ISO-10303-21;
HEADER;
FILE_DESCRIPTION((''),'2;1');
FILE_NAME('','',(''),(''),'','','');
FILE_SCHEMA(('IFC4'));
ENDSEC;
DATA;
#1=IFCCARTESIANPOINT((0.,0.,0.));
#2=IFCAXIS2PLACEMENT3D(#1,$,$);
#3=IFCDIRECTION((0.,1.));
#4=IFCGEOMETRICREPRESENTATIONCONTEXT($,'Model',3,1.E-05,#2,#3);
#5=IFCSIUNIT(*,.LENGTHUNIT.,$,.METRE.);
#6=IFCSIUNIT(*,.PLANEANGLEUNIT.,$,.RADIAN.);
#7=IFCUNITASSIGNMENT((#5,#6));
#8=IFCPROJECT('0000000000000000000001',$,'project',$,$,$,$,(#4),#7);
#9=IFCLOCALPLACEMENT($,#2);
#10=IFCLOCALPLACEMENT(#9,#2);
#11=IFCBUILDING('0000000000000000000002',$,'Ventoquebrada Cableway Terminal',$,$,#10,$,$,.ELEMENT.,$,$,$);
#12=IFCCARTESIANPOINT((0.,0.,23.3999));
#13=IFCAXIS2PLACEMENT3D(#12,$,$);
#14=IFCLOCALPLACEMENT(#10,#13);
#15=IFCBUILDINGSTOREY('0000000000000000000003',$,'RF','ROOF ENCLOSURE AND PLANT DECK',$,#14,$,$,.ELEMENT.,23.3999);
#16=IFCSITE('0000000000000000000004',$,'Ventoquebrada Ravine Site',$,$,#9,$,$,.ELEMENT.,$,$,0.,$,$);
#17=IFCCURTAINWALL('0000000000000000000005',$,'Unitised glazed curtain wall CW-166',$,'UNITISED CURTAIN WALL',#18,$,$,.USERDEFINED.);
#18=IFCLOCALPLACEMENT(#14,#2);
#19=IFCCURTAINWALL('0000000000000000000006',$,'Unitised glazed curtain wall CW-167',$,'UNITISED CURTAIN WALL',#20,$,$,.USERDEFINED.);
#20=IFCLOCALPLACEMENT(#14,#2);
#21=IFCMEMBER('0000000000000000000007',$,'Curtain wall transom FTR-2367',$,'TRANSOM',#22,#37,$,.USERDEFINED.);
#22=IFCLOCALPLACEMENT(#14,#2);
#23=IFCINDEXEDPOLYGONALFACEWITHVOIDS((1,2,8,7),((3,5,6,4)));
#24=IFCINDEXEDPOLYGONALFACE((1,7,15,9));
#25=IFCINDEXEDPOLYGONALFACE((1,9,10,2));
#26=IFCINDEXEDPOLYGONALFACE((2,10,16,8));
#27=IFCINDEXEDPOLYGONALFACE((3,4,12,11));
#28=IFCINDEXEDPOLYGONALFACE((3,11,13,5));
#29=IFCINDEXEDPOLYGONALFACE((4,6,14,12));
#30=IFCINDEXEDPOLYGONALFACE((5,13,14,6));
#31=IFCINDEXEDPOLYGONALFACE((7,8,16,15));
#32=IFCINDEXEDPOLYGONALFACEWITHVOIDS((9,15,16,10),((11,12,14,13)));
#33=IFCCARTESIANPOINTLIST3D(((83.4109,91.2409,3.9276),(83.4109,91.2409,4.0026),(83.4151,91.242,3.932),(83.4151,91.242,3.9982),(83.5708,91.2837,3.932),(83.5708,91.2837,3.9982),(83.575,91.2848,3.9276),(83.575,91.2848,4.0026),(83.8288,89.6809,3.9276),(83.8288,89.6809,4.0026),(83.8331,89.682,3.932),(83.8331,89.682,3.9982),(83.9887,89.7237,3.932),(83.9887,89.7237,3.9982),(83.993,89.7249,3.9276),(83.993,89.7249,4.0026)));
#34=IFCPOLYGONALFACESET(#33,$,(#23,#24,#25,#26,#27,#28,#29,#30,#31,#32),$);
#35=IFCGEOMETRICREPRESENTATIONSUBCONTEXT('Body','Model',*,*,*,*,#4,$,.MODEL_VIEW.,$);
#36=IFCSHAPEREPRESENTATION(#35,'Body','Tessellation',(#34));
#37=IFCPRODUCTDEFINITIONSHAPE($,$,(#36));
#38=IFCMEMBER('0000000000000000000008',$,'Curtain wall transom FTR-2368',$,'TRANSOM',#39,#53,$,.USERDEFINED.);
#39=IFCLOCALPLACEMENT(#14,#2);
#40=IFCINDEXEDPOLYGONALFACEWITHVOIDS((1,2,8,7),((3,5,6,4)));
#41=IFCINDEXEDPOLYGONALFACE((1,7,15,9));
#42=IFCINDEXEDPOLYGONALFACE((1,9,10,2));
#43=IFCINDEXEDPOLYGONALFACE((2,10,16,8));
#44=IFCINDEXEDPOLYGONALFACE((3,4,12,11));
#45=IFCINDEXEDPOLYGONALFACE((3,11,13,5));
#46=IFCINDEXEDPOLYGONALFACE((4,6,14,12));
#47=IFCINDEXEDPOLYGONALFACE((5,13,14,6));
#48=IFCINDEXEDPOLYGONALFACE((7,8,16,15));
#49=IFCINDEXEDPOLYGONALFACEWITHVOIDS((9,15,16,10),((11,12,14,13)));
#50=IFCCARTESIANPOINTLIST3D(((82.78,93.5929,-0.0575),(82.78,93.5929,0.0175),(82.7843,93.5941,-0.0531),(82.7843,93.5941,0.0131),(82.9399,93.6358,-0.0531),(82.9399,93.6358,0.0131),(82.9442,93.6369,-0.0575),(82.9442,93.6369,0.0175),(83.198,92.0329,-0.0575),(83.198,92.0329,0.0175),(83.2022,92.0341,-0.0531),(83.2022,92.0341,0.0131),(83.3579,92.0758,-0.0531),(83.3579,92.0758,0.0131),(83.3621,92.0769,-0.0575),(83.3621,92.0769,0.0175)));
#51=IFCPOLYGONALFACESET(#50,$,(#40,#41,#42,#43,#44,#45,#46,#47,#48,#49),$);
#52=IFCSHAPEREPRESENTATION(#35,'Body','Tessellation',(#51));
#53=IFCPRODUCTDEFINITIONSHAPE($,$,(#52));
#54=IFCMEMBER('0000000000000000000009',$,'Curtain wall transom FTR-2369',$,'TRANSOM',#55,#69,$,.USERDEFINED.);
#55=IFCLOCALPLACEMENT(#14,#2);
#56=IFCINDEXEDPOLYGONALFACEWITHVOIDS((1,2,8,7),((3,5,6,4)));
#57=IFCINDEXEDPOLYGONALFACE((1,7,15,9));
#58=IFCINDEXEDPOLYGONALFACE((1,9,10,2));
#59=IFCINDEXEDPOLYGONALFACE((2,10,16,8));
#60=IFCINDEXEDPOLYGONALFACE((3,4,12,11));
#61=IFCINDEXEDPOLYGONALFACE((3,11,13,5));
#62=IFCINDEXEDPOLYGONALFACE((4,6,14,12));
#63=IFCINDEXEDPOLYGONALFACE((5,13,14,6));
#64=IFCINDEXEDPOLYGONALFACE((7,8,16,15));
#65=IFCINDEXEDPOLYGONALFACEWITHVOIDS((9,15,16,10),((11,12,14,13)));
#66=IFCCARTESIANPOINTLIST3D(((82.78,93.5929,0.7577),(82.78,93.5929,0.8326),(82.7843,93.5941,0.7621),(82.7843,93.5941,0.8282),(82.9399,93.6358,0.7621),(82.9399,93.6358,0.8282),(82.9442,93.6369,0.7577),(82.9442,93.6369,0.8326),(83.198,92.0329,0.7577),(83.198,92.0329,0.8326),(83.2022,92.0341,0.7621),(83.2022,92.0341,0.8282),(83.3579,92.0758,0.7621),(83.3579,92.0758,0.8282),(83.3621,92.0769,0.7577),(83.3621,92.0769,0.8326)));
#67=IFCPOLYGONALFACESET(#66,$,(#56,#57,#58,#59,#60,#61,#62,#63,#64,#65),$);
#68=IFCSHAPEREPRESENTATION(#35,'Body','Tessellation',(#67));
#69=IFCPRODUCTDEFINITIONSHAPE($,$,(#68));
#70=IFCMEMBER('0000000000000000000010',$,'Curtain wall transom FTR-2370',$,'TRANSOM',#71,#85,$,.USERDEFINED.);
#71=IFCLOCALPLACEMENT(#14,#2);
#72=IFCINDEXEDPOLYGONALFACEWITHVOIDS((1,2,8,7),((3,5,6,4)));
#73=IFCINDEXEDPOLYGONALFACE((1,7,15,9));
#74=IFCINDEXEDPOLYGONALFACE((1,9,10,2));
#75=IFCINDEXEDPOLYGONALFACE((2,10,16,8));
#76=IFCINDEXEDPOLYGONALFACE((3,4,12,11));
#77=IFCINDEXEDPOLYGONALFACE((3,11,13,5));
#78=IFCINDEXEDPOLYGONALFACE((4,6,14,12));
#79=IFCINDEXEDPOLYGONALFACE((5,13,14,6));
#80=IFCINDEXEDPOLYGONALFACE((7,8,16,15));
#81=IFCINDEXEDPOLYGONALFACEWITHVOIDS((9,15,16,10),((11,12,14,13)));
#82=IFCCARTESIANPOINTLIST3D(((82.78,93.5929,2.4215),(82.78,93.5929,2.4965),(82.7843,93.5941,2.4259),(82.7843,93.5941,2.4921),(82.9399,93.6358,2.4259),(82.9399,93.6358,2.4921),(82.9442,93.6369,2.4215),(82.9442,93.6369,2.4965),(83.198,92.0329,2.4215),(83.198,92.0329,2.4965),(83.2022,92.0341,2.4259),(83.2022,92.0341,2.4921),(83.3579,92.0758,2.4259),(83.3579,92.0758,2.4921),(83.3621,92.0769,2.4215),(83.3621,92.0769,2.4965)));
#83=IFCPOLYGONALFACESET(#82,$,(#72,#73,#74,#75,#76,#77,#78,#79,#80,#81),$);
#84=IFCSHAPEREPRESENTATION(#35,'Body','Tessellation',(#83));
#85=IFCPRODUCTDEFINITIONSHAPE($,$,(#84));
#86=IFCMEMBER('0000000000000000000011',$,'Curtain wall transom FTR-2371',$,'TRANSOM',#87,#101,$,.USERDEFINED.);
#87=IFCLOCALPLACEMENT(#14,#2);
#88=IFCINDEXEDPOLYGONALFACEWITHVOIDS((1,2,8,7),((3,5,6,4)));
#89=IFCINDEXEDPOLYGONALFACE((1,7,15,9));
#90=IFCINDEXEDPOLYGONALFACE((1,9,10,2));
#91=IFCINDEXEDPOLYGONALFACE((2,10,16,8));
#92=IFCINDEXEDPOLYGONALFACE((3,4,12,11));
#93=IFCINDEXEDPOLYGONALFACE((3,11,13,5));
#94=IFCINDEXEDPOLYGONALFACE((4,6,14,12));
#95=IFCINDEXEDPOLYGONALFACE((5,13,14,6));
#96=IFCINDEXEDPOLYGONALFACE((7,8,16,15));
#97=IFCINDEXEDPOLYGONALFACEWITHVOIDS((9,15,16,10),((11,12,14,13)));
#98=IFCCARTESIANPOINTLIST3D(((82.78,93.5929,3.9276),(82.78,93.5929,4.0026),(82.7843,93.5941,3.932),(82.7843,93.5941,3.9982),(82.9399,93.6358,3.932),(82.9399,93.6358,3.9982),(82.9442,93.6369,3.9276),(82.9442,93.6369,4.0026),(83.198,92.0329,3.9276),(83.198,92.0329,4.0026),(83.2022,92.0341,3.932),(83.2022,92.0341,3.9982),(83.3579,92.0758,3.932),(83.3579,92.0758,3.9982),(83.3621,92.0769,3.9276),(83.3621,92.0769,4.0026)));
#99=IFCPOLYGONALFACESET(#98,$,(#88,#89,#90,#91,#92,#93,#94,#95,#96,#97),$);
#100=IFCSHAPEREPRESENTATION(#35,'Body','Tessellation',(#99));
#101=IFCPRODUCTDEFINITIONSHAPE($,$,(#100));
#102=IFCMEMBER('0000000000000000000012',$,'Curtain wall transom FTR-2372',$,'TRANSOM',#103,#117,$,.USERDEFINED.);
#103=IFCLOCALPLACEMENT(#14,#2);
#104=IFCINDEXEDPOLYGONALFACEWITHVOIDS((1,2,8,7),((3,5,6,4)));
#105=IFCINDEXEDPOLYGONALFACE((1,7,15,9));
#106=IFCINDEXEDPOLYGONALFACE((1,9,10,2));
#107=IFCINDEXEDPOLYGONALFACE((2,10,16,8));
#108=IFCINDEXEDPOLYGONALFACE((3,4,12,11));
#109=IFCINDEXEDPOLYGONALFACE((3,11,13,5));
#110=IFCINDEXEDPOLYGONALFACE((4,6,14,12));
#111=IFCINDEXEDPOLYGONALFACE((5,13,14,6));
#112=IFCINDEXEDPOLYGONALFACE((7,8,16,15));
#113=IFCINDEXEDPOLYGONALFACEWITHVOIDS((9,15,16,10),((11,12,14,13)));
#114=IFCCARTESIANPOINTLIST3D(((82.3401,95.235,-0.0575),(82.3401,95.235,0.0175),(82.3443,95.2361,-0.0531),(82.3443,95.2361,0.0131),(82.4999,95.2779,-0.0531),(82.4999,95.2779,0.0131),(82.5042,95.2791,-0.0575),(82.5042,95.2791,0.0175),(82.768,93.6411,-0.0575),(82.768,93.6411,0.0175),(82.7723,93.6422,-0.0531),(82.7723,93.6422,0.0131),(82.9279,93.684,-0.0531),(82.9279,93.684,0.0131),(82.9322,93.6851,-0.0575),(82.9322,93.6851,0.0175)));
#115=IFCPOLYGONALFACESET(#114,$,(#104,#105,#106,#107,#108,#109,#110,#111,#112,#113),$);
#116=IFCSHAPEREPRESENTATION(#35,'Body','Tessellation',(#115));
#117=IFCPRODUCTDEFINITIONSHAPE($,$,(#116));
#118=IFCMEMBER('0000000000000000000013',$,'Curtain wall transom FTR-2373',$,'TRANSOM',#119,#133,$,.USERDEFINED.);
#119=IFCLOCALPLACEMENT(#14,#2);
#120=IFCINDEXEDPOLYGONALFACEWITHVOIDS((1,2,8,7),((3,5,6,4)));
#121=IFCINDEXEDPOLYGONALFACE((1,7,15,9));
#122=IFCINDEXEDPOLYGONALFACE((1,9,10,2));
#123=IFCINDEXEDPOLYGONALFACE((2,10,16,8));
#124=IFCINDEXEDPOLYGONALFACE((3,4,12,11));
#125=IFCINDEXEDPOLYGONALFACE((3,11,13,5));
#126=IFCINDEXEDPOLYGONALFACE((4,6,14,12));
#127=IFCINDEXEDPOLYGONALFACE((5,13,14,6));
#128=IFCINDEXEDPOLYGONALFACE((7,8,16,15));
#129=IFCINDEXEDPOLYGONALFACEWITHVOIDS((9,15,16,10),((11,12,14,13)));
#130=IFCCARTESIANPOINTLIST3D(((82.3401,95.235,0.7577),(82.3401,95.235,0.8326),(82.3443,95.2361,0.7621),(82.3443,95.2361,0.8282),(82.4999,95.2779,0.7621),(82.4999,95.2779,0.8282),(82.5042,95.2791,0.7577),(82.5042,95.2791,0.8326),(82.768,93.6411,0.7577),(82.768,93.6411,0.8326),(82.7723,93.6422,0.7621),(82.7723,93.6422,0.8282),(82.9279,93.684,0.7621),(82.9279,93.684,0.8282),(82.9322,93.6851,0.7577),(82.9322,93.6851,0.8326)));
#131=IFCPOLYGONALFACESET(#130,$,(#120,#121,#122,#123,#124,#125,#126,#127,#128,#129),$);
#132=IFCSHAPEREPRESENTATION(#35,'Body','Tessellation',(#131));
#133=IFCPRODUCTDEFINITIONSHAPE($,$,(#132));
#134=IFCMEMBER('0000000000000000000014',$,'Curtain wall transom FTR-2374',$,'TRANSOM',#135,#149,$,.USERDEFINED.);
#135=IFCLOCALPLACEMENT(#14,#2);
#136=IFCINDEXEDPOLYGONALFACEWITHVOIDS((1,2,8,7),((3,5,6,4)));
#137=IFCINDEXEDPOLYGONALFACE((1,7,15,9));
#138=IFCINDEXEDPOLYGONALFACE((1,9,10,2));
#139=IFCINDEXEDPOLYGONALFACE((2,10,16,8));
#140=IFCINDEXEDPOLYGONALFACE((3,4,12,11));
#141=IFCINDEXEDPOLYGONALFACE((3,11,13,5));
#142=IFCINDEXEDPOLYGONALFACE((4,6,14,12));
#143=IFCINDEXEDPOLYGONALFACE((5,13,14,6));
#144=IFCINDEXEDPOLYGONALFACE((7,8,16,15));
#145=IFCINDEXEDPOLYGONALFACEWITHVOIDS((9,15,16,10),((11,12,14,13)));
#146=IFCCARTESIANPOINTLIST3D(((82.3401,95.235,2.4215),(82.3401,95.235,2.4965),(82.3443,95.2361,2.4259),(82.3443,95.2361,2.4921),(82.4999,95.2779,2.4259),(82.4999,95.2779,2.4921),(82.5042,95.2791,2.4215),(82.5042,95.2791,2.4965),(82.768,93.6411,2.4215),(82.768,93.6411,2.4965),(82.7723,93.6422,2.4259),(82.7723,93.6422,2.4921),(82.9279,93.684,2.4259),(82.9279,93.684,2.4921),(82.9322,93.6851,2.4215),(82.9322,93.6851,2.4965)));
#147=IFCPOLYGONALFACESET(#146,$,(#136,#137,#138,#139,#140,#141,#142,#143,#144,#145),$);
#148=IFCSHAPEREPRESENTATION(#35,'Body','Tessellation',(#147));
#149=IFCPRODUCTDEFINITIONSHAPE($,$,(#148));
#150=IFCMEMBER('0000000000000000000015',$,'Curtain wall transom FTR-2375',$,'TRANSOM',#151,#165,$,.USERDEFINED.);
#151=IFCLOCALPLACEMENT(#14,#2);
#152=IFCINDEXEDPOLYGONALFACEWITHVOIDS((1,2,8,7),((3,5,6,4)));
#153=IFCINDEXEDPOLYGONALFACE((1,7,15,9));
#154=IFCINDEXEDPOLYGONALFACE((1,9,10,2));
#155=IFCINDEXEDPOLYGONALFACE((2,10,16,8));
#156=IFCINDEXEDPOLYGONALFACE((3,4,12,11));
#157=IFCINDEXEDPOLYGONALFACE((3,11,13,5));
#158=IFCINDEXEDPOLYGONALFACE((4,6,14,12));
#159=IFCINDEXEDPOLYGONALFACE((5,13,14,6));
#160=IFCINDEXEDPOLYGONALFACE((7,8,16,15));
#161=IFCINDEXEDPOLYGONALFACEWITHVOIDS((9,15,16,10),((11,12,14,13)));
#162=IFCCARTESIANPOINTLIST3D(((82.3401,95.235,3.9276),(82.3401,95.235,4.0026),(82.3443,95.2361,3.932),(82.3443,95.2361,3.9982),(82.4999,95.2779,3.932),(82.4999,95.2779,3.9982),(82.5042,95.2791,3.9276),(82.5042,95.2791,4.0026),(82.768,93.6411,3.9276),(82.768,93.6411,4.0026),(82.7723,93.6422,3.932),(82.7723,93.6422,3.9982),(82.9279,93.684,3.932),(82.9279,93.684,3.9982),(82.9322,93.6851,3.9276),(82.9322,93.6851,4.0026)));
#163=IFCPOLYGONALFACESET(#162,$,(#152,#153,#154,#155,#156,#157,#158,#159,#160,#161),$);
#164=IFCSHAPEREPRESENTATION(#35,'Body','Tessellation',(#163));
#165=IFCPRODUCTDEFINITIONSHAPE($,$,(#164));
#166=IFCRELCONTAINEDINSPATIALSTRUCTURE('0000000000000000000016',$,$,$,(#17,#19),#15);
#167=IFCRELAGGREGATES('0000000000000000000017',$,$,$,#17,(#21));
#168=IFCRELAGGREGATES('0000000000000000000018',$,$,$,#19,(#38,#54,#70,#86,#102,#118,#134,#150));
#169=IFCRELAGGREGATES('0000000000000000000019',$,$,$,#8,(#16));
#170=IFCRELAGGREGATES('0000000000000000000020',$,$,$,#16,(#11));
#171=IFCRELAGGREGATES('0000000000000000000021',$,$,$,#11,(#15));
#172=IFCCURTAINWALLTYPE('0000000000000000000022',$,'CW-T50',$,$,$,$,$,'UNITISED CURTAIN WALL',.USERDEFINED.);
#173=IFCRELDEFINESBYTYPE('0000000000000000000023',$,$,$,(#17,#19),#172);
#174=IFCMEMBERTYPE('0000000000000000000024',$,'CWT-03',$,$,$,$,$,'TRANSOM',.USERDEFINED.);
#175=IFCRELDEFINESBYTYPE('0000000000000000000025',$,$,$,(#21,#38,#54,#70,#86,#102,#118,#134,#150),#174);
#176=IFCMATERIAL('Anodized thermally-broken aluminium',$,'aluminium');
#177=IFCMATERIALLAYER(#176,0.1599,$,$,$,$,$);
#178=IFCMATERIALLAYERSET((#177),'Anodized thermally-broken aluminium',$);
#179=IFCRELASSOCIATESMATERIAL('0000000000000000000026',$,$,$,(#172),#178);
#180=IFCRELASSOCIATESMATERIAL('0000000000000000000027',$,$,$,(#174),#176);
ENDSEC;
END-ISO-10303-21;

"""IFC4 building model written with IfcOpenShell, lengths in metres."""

from ifc_helpers import new_model, si_unit, direction, frame, origin, origin_2d, place, context, subcontext, project, spatial, hollow_rectangle, extrude, material, layer, layer_set, material_profile, profile_set, type_object, element, aggregate, save


model = new_model("IFC4")

# Units and contexts
model_context = context("Model", 3, precision=1e-05, world=origin(), true_north=direction((0.0, 1.0)))
body_context = subcontext(model_context, "Body", "Model", "MODEL_VIEW")
ifc_project = project(units=[si_unit("LENGTHUNIT", "METRE"), si_unit("PLANEANGLEUNIT", "RADIAN")], contexts=[model_context])

# Site, building, storey
site_placement = place(None, origin())
site = spatial("IfcSite", under=ifc_project, at=site_placement, Name="Ventoquebrada Ravine Site", CompositionType="ELEMENT", RefElevation=0.0)
building_placement = place(site_placement, origin())
building = spatial("IfcBuilding", under=site, at=building_placement, Name="Ventoquebrada Cableway Terminal", CompositionType="ELEMENT")
storey_placement = place(building_placement, frame((0.0, 0.0, 23.3999)))
storey = spatial("IfcBuildingStorey", under=building, at=storey_placement, Name="RF", Description="ROOF ENCLOSURE AND PLANT DECK", CompositionType="ELEMENT", Elevation=23.3999)

# Curtain wall
ifc_material_1 = material(Name="Anodized thermally-broken aluminium", Category="aluminium")
ifc_layer_1 = layer(ifc_material_1, 0.1599)
ifc_layer_set_1 = layer_set([ifc_layer_1], Name="Anodized thermally-broken aluminium")
curtain_wall_type = type_object("IfcCurtainWallType", Name="CW-T50", ElementType="UNITISED CURTAIN WALL", PredefinedType="USERDEFINED", material=ifc_layer_set_1)
curtain_wall_1_placement = place(storey_placement, origin())
curtain_wall_1 = element("IfcCurtainWall", 1, at=curtain_wall_1_placement, inside=storey, type_object=curtain_wall_type, Name="Unitised glazed curtain wall CW-166", ObjectType="UNITISED CURTAIN WALL", PredefinedType="USERDEFINED")

# Curtain wall
curtain_wall_2_placement = place(storey_placement, origin())
curtain_wall_2 = element("IfcCurtainWall", 2, at=curtain_wall_2_placement, inside=storey, type_object=curtain_wall_type, Name="Unitised glazed curtain wall CW-167", ObjectType="UNITISED CURTAIN WALL", PredefinedType="USERDEFINED")

# Members
ifc_material_profile_1 = material_profile(ifc_material_1, hollow_rectangle(XDim=0.075, YDim=0.1699, WallThickness=0.0044, at=origin_2d()), Name="CW-TRN-75X170")
ifc_profile_set_1 = profile_set([ifc_material_profile_1], Name="Anodized thermally-broken aluminium")
member_type_1 = type_object("IfcMemberType", Name="CWT-03", ElementType="TRANSOM", PredefinedType="USERDEFINED", material=ifc_profile_set_1)
member_1_placement = place(storey_placement, frame((83.9109, 89.7029, 3.9651), z_axis=(-0.258791, 0.965933, 0.0), x_axis=(0.0, 0.0, 1.0)))
member_1 = element("IfcMember", 3, at=member_1_placement, type_object=member_type_1, Name="Curtain wall transom FTR-2367", ObjectType="TRANSOM", PredefinedType="USERDEFINED", context=body_context, shape_type="SweptSolid", body=[
    extrude(hollow_rectangle(XDim=0.075, YDim=0.1699, WallThickness=0.0044, at=origin_2d()), origin(), (0.0, 0.0, 1.0), 1.615),
])
member_2_placement = place(storey_placement, frame((83.28, 92.0549, -0.02), z_axis=(-0.258791, 0.965933, 0.0), x_axis=(0.0, 0.0, 1.0)))
member_2 = element("IfcMember", 4, at=member_2_placement, type_object=member_type_1, Name="Curtain wall transom FTR-2368", ObjectType="TRANSOM", PredefinedType="USERDEFINED", context=body_context, shape_type="SweptSolid", body=[
    extrude(hollow_rectangle(XDim=0.075, YDim=0.1699, WallThickness=0.0044, at=origin_2d()), origin(), (0.0, 0.0, 1.0), 1.615),
])
member_3_placement = place(storey_placement, frame((83.28, 92.0549, 0.7952), z_axis=(-0.258791, 0.965933, 0.0), x_axis=(0.0, 0.0, 1.0)))
member_3 = element("IfcMember", 5, at=member_3_placement, type_object=member_type_1, Name="Curtain wall transom FTR-2369", ObjectType="TRANSOM", PredefinedType="USERDEFINED", context=body_context, shape_type="SweptSolid", body=[
    extrude(hollow_rectangle(XDim=0.075, YDim=0.1699, WallThickness=0.0044, at=origin_2d()), origin(), (0.0, 0.0, 1.0), 1.615),
])
member_4_placement = place(storey_placement, frame((83.28, 92.0549, 2.459), z_axis=(-0.258791, 0.965933, 0.0), x_axis=(0.0, 0.0, 1.0)))
member_4 = element("IfcMember", 6, at=member_4_placement, type_object=member_type_1, Name="Curtain wall transom FTR-2370", ObjectType="TRANSOM", PredefinedType="USERDEFINED", context=body_context, shape_type="SweptSolid", body=[
    extrude(hollow_rectangle(XDim=0.075, YDim=0.1699, WallThickness=0.0044, at=origin_2d()), origin(), (0.0, 0.0, 1.0), 1.615),
])
member_5_placement = place(storey_placement, frame((83.28, 92.0549, 3.9651), z_axis=(-0.258791, 0.965933, 0.0), x_axis=(0.0, 0.0, 1.0)))
member_5 = element("IfcMember", 7, at=member_5_placement, type_object=member_type_1, Name="Curtain wall transom FTR-2371", ObjectType="TRANSOM", PredefinedType="USERDEFINED", context=body_context, shape_type="SweptSolid", body=[
    extrude(hollow_rectangle(XDim=0.075, YDim=0.1699, WallThickness=0.0044, at=origin_2d()), origin(), (0.0, 0.0, 1.0), 1.615),
])
member_6_placement = place(storey_placement, frame((82.8501, 93.6631, -0.02), z_axis=(-0.25931, 0.965794, 0.0), x_axis=(0.0, 0.0, 1.0)))
member_6 = element("IfcMember", 8, at=member_6_placement, type_object=member_type_1, Name="Curtain wall transom FTR-2372", ObjectType="TRANSOM", PredefinedType="USERDEFINED", context=body_context, shape_type="SweptSolid", body=[
    extrude(hollow_rectangle(XDim=0.075, YDim=0.1699, WallThickness=0.0044, at=origin_2d()), origin(), (0.0, 0.0, 1.0), 1.6504),
])
member_7_placement = place(storey_placement, frame((82.8501, 93.6631, 0.7952), z_axis=(-0.25931, 0.965794, 0.0), x_axis=(0.0, 0.0, 1.0)))
member_7 = element("IfcMember", 9, at=member_7_placement, type_object=member_type_1, Name="Curtain wall transom FTR-2373", ObjectType="TRANSOM", PredefinedType="USERDEFINED", context=body_context, shape_type="SweptSolid", body=[
    extrude(hollow_rectangle(XDim=0.075, YDim=0.1699, WallThickness=0.0044, at=origin_2d()), origin(), (0.0, 0.0, 1.0), 1.6504),
])
member_8_placement = place(storey_placement, frame((82.8501, 93.6631, 2.459), z_axis=(-0.25931, 0.965794, 0.0), x_axis=(0.0, 0.0, 1.0)))
member_8 = element("IfcMember", 10, at=member_8_placement, type_object=member_type_1, Name="Curtain wall transom FTR-2374", ObjectType="TRANSOM", PredefinedType="USERDEFINED", context=body_context, shape_type="SweptSolid", body=[
    extrude(hollow_rectangle(XDim=0.075, YDim=0.1699, WallThickness=0.0044, at=origin_2d()), origin(), (0.0, 0.0, 1.0), 1.6504),
])
member_9_placement = place(storey_placement, frame((82.8501, 93.6631, 3.9651), z_axis=(-0.25931, 0.965794, 0.0), x_axis=(0.0, 0.0, 1.0)))
member_9 = element("IfcMember", 11, at=member_9_placement, type_object=member_type_1, Name="Curtain wall transom FTR-2375", ObjectType="TRANSOM", PredefinedType="USERDEFINED", context=body_context, shape_type="SweptSolid", body=[
    extrude(hollow_rectangle(XDim=0.075, YDim=0.1699, WallThickness=0.0044, at=origin_2d()), origin(), (0.0, 0.0, 1.0), 1.6504),
])

aggregate(curtain_wall_1, [member_1])
aggregate(curtain_wall_2, [member_2, member_3, member_4, member_5, member_6, member_7, member_8, member_9])

save(model, "model.ifc")
